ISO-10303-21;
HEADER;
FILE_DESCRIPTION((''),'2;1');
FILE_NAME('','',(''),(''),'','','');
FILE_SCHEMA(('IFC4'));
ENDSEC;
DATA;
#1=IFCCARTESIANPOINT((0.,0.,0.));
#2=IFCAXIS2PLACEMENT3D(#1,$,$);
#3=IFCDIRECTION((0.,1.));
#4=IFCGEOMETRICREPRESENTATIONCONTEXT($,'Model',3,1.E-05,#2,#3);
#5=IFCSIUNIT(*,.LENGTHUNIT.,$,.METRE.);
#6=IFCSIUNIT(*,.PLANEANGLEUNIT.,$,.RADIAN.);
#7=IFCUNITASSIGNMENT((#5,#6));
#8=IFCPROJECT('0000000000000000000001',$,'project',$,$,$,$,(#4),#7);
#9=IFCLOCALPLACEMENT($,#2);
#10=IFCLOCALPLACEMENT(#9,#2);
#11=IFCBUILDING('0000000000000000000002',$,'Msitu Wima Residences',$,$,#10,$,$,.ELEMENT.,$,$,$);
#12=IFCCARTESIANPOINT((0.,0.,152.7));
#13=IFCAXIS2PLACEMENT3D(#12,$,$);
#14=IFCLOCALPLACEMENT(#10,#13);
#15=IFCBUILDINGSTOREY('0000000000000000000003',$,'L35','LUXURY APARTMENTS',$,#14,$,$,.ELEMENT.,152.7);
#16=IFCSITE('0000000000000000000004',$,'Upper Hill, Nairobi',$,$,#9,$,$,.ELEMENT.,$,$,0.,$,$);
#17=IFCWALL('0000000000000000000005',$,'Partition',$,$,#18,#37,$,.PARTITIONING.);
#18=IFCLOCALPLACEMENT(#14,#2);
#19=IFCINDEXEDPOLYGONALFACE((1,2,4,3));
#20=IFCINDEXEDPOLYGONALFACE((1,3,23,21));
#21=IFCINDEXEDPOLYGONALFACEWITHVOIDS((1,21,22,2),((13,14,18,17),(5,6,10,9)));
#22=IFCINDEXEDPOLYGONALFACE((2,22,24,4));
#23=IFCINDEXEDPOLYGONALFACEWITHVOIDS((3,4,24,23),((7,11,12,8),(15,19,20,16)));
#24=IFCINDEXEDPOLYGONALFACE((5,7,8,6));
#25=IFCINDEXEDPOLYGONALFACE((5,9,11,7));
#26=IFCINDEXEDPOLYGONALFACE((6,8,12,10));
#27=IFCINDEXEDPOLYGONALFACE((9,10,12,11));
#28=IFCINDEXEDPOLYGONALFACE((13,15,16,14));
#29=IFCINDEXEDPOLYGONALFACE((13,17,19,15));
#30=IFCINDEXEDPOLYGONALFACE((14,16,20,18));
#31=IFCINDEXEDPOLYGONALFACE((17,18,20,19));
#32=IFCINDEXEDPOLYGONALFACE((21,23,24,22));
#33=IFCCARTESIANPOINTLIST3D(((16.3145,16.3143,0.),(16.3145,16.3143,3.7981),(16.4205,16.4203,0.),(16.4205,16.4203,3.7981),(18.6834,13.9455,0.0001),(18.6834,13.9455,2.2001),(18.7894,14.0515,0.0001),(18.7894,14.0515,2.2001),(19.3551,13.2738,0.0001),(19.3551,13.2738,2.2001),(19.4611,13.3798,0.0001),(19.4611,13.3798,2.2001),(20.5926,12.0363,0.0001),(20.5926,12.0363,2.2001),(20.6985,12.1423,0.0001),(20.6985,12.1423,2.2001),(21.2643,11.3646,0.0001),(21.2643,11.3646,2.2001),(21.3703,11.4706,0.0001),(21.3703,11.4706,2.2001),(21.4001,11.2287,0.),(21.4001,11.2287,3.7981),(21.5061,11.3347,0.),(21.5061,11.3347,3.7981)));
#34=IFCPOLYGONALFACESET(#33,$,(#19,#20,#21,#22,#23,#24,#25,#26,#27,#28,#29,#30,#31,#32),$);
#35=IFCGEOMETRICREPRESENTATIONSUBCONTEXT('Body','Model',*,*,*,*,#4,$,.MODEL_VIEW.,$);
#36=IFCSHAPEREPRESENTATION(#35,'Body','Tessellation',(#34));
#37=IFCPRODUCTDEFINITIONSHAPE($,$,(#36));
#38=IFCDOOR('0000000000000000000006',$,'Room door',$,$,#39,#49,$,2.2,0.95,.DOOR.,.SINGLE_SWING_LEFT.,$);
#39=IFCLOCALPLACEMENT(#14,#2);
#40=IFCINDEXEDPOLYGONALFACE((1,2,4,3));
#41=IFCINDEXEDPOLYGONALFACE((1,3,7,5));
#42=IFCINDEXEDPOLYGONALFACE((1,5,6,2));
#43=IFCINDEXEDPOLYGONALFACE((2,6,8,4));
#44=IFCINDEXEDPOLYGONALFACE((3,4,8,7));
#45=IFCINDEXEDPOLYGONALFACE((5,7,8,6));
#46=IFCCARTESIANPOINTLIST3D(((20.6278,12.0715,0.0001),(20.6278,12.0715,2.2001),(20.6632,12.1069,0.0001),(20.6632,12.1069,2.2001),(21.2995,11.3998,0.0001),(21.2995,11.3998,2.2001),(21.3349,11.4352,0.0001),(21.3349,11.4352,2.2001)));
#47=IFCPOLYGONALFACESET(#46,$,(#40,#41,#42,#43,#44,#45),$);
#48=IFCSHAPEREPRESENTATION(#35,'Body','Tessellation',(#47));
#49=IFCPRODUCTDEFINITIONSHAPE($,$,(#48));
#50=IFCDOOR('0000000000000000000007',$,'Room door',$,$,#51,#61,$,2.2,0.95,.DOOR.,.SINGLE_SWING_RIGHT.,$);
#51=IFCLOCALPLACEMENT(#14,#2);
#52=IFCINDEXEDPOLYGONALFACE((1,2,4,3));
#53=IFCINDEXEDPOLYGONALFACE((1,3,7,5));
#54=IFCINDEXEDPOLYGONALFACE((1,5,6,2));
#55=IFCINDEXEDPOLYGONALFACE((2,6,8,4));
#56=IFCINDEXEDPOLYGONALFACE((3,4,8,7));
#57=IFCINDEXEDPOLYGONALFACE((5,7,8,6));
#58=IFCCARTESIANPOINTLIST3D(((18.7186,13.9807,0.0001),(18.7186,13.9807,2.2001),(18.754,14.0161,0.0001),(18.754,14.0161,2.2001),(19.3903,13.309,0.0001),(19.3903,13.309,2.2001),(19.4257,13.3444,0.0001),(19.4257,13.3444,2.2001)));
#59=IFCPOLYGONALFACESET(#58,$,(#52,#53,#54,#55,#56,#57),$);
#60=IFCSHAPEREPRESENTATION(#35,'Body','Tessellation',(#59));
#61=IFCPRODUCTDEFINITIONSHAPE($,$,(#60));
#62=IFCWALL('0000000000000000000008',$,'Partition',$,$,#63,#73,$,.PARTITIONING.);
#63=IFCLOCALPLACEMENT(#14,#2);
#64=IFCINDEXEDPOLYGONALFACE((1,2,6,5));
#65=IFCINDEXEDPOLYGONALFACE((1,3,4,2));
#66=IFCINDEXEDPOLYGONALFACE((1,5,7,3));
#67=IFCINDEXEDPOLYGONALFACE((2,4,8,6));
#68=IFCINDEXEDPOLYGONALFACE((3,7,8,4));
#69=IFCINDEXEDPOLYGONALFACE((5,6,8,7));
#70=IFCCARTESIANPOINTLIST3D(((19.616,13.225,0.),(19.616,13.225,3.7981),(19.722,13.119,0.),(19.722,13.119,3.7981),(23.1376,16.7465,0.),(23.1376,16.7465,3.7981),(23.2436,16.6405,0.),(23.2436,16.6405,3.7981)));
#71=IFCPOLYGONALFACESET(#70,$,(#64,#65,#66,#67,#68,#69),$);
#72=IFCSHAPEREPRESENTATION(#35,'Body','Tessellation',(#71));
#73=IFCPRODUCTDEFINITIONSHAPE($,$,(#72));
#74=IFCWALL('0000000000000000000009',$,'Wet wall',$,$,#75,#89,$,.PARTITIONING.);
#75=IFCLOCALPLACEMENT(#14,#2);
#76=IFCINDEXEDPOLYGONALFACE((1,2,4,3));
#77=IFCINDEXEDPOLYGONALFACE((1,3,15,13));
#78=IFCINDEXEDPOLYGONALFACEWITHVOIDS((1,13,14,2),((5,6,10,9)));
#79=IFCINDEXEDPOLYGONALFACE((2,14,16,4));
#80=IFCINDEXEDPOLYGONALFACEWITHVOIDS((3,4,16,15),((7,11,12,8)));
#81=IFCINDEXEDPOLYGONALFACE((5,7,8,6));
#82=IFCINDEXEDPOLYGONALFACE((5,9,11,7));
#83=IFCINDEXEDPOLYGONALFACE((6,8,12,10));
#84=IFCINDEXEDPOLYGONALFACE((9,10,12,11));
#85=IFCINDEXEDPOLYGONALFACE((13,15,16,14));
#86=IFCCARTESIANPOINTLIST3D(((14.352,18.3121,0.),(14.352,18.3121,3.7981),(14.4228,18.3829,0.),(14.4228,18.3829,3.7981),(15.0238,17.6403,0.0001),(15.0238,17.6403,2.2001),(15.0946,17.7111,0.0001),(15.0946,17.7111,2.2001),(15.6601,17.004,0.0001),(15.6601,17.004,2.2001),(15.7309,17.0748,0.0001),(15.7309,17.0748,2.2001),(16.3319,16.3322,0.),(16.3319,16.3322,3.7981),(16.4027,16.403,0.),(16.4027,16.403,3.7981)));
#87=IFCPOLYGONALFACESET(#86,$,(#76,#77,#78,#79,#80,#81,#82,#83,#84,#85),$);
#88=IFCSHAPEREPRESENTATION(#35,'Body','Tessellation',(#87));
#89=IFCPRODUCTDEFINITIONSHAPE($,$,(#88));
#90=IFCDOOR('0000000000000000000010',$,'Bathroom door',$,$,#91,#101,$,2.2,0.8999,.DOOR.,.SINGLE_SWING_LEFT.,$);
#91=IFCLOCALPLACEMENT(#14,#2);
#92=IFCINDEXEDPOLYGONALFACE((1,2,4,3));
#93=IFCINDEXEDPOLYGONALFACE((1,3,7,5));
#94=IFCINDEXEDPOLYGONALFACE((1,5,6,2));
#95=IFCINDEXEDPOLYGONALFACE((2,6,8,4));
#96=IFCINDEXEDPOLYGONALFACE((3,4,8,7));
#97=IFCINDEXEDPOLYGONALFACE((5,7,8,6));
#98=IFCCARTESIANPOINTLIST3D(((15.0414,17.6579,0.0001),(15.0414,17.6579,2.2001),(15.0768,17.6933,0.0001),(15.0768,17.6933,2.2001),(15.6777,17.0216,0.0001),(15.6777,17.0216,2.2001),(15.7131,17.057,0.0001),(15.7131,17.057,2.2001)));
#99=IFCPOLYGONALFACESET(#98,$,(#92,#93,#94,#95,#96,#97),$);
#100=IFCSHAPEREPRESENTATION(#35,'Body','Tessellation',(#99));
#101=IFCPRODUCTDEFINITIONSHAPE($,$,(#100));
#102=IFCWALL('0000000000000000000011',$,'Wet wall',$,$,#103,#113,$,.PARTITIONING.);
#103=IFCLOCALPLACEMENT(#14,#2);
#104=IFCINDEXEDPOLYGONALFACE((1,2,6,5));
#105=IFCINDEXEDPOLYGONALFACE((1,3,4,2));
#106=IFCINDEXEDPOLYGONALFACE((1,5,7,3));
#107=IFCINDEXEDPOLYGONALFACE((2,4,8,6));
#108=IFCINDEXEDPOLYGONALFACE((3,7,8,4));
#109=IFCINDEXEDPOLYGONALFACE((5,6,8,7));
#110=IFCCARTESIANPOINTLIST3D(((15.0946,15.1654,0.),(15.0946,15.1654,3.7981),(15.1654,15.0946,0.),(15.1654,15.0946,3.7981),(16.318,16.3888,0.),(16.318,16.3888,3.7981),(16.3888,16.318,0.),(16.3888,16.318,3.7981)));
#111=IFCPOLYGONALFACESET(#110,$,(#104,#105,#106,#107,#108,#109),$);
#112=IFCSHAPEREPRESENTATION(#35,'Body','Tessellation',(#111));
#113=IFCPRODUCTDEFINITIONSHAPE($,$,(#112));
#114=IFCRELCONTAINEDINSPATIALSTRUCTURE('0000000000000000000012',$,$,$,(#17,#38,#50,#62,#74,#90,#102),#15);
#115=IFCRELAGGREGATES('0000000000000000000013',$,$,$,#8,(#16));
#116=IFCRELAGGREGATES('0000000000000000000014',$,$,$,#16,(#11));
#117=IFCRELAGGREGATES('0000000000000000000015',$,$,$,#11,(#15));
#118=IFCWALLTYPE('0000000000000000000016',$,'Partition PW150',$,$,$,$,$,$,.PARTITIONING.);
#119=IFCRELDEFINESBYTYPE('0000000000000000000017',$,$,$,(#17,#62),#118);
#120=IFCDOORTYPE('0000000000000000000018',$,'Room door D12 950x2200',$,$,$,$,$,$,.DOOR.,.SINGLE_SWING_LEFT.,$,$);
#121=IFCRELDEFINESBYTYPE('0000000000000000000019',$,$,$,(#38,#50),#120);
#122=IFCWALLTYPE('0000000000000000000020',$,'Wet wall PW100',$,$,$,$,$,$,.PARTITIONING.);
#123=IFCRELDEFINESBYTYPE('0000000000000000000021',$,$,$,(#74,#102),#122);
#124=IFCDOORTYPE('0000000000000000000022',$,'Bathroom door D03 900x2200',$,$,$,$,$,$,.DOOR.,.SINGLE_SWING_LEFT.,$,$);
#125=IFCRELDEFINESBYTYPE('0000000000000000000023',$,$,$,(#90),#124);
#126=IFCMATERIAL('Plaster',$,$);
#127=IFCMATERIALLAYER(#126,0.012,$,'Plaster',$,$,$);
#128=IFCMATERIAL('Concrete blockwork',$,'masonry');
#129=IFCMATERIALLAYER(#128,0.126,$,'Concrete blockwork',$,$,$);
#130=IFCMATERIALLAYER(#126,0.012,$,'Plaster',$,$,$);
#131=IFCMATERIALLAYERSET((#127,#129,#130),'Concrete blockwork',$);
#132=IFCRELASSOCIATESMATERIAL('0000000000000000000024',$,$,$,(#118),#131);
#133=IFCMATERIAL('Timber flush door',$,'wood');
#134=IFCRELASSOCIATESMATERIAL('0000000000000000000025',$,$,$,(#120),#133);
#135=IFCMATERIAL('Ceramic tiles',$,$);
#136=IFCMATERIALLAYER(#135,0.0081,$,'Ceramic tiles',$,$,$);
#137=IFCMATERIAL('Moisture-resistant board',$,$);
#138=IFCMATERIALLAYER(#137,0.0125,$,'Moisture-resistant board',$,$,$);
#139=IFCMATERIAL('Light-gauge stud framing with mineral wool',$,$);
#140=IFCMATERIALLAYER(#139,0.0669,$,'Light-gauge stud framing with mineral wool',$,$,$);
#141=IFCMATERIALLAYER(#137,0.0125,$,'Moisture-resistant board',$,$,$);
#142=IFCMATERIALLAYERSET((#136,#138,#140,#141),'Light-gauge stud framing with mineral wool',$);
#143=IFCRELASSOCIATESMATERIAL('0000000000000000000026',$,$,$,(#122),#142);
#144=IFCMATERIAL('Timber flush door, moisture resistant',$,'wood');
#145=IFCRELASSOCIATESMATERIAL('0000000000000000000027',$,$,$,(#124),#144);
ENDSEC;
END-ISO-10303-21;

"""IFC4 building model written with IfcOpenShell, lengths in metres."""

from ifc_helpers import new_model, si_unit, direction, frame, frame_2d, origin, place, context, subcontext, project, spatial, rectangle, extrude, material, layer, layer_set, type_object, element, fill, save


model = new_model("IFC4")

# Units and contexts
model_context = context("Model", 3, precision=1e-05, world=origin(), true_north=direction((0.0, 1.0)))
body_context = subcontext(model_context, "Body", "Model", "MODEL_VIEW")
ifc_project = project(units=[si_unit("LENGTHUNIT", "METRE"), si_unit("PLANEANGLEUNIT", "RADIAN")], contexts=[model_context])

# Site, building, storey
site_placement = place(None, origin())
site = spatial("IfcSite", under=ifc_project, at=site_placement, Name="Upper Hill, Nairobi", CompositionType="ELEMENT", RefElevation=0.0)
building_placement = place(site_placement, origin())
building = spatial("IfcBuilding", under=site, at=building_placement, Name="Msitu Wima Residences", CompositionType="ELEMENT")
storey_placement = place(building_placement, frame((0.0, 0.0, 152.7)))
storey = spatial("IfcBuildingStorey", under=building, at=storey_placement, Name="L35", Description="LUXURY APARTMENTS", CompositionType="ELEMENT", Elevation=152.7)

# Shared definitions
ifc_material_1 = material(Name="Plaster")
ifc_layer_1 = layer(ifc_material_1, 0.012, Name="Plaster")
ifc_material_2 = material(Name="Concrete blockwork", Category="masonry")
ifc_layer_2 = layer(ifc_material_2, 0.126, Name="Concrete blockwork")
ifc_layer_3 = layer(ifc_material_1, 0.012, Name="Plaster")
ifc_layer_set_1 = layer_set([ifc_layer_1, ifc_layer_2, ifc_layer_3], Name="Concrete blockwork")
wall_type_1 = type_object("IfcWallType", Name="Partition PW150", PredefinedType="PARTITIONING", material=ifc_layer_set_1)

# Wall, openings, doors
wall_1_placement = place(storey_placement, frame((16.3674, 16.3674, 0.0), z_axis=(0.0, 0.0, 1.0), x_axis=(0.707107, -0.707107, 0.0)))
wall_1 = element("IfcWall", 1, at=wall_1_placement, inside=storey, type_object=wall_type_1, Name="Partition", PredefinedType="PARTITIONING", context=body_context, shape_type="SweptSolid", body=[
    extrude(rectangle(XDim=7.1921, YDim=0.1499, at=frame_2d((3.5962, 0.0))), origin(), (0.0, 0.0, 1.0), 3.7981),
])
opening_1_placement = place(wall_1_placement, frame((6.05, 0.0, 0.0)))
opening_1 = element("IfcOpeningElement", 2, at=opening_1_placement, cuts=wall_1, PredefinedType="OPENING", context=body_context, shape_type="SweptSolid", body=[
    extrude(rectangle(XDim=0.95, YDim=2.2, at=frame_2d((0.4751, 1.1001))), frame((0.0, 0.085, 0.0), z_axis=(0.0, -1.0, 0.0), x_axis=(1.0, 0.0, 0.0)), (0.0, 0.0, 1.0), 0.1699),
])
opening_2_placement = place(wall_1_placement, frame((3.3501, 0.0, 0.0)))
opening_2 = element("IfcOpeningElement", 3, at=opening_2_placement, cuts=wall_1, PredefinedType="OPENING", context=body_context, shape_type="SweptSolid", body=[
    extrude(rectangle(XDim=0.95, YDim=2.2, at=frame_2d((0.4751, 1.1001))), frame((0.0, 0.085, 0.0), z_axis=(0.0, -1.0, 0.0), x_axis=(1.0, 0.0, 0.0)), (0.0, 0.0, 1.0), 0.1699),
])
ifc_material_3 = material(Name="Timber flush door", Category="wood")
door_type_1 = type_object("IfcDoorType", Name="Room door D12 950x2200", OperationType="SINGLE_SWING_LEFT", PredefinedType="DOOR", material=ifc_material_3)
door_1_placement = place(opening_1_placement, origin())
door_1 = element("IfcDoor", 4, at=door_1_placement, inside=storey, type_object=door_type_1, Name="Room door", OperationType="SINGLE_SWING_LEFT", OverallHeight=2.2, OverallWidth=0.95, PredefinedType="DOOR", context=body_context, shape_type="SweptSolid", body=[
    extrude(rectangle(XDim=0.95, YDim=2.2, at=frame_2d((0.4751, 1.1001))), frame((0.0, 0.0249, 0.0), z_axis=(0.0, -1.0, 0.0), x_axis=(1.0, 0.0, 0.0)), (0.0, 0.0, 1.0), 0.05),
])
fill(opening_1, door_1)
door_2_placement = place(opening_2_placement, origin())
door_2 = element("IfcDoor", 5, at=door_2_placement, inside=storey, type_object=door_type_1, Name="Room door", OperationType="SINGLE_SWING_RIGHT", OverallHeight=2.2, OverallWidth=0.95, PredefinedType="DOOR", context=body_context, shape_type="SweptSolid", body=[
    extrude(rectangle(XDim=0.95, YDim=2.2, at=frame_2d((0.4751, 1.1001))), frame((0.0, 0.0249, 0.0), z_axis=(0.0, -1.0, 0.0), x_axis=(1.0, 0.0, 0.0)), (0.0, 0.0, 1.0), 0.05),
])
fill(opening_2, door_2)

# Wall
wall_2_placement = place(storey_placement, frame((19.6689, 13.1719, 0.0), z_axis=(0.0, 0.0, 1.0), x_axis=(0.707107, 0.707107, 0.0)))
element("IfcWall", 6, at=wall_2_placement, inside=storey, type_object=wall_type_1, Name="Partition", PredefinedType="PARTITIONING", context=body_context, shape_type="SweptSolid", body=[
    extrude(rectangle(XDim=4.9802, YDim=0.1499, at=frame_2d((2.4902, 0.0))), origin(), (0.0, 0.0, 1.0), 3.7981),
])

# Wall, opening, door
ifc_material_4 = material(Name="Ceramic tiles")
ifc_layer_4 = layer(ifc_material_4, 0.0081, Name="Ceramic tiles")
ifc_material_5 = material(Name="Moisture-resistant board")
ifc_layer_5 = layer(ifc_material_5, 0.0125, Name="Moisture-resistant board")
ifc_material_6 = material(Name="Light-gauge stud framing with mineral wool")
ifc_layer_6 = layer(ifc_material_6, 0.0669, Name="Light-gauge stud framing with mineral wool")
ifc_layer_7 = layer(ifc_material_5, 0.0125, Name="Moisture-resistant board")
ifc_layer_set_2 = layer_set([ifc_layer_4, ifc_layer_5, ifc_layer_6, ifc_layer_7], Name="Light-gauge stud framing with mineral wool")
wall_type_2 = type_object("IfcWallType", Name="Wet wall PW100", PredefinedType="PARTITIONING", material=ifc_layer_set_2)
wall_3_placement = place(storey_placement, frame((14.3875, 18.3474, 0.0), z_axis=(0.0, 0.0, 1.0), x_axis=(0.707107, -0.707107, 0.0)))
wall_3 = element("IfcWall", 7, at=wall_3_placement, inside=storey, type_object=wall_type_2, Name="Wet wall", PredefinedType="PARTITIONING", context=body_context, shape_type="SweptSolid", body=[
    extrude(rectangle(XDim=2.8, YDim=0.1001, at=frame_2d((1.3999, 0.0))), origin(), (0.0, 0.0, 1.0), 3.7981),
])
opening_3_placement = place(wall_3_placement, frame((0.95, 0.0, 0.0)))
opening_3 = element("IfcOpeningElement", 8, at=opening_3_placement, cuts=wall_3, PredefinedType="OPENING", context=body_context, shape_type="SweptSolid", body=[
    extrude(rectangle(XDim=0.8999, YDim=2.2, at=frame_2d((0.45, 1.1001))), frame((0.0, 0.0601, 0.0), z_axis=(0.0, -1.0, 0.0), x_axis=(1.0, 0.0, 0.0)), (0.0, 0.0, 1.0), 0.1201),
])
ifc_material_7 = material(Name="Timber flush door, moisture resistant", Category="wood")
door_type_2 = type_object("IfcDoorType", Name="Bathroom door D03 900x2200", OperationType="SINGLE_SWING_LEFT", PredefinedType="DOOR", material=ifc_material_7)
door_3_placement = place(opening_3_placement, origin())
door_3 = element("IfcDoor", 9, at=door_3_placement, inside=storey, type_object=door_type_2, Name="Bathroom door", OperationType="SINGLE_SWING_LEFT", OverallHeight=2.2, OverallWidth=0.8999, PredefinedType="DOOR", context=body_context, shape_type="SweptSolid", body=[
    extrude(rectangle(XDim=0.8999, YDim=2.2, at=frame_2d((0.45, 1.1001))), frame((0.0, 0.0249, 0.0), z_axis=(0.0, -1.0, 0.0), x_axis=(1.0, 0.0, 0.0)), (0.0, 0.0, 1.0), 0.05),
])
fill(opening_3, door_3)

# Wall
wall_4_placement = place(storey_placement, frame((15.1299, 15.1299, 0.0), z_axis=(0.0, 0.0, 1.0), x_axis=(0.707107, 0.707107, 0.0)))
element("IfcWall", 10, at=wall_4_placement, inside=storey, type_object=wall_type_2, Name="Wet wall", PredefinedType="PARTITIONING", context=body_context, shape_type="SweptSolid", body=[
    extrude(rectangle(XDim=1.7302, YDim=0.1001, at=frame_2d((0.8652, 0.0))), origin(), (0.0, 0.0, 1.0), 3.7981),
])

save(model, "model.ifc")
